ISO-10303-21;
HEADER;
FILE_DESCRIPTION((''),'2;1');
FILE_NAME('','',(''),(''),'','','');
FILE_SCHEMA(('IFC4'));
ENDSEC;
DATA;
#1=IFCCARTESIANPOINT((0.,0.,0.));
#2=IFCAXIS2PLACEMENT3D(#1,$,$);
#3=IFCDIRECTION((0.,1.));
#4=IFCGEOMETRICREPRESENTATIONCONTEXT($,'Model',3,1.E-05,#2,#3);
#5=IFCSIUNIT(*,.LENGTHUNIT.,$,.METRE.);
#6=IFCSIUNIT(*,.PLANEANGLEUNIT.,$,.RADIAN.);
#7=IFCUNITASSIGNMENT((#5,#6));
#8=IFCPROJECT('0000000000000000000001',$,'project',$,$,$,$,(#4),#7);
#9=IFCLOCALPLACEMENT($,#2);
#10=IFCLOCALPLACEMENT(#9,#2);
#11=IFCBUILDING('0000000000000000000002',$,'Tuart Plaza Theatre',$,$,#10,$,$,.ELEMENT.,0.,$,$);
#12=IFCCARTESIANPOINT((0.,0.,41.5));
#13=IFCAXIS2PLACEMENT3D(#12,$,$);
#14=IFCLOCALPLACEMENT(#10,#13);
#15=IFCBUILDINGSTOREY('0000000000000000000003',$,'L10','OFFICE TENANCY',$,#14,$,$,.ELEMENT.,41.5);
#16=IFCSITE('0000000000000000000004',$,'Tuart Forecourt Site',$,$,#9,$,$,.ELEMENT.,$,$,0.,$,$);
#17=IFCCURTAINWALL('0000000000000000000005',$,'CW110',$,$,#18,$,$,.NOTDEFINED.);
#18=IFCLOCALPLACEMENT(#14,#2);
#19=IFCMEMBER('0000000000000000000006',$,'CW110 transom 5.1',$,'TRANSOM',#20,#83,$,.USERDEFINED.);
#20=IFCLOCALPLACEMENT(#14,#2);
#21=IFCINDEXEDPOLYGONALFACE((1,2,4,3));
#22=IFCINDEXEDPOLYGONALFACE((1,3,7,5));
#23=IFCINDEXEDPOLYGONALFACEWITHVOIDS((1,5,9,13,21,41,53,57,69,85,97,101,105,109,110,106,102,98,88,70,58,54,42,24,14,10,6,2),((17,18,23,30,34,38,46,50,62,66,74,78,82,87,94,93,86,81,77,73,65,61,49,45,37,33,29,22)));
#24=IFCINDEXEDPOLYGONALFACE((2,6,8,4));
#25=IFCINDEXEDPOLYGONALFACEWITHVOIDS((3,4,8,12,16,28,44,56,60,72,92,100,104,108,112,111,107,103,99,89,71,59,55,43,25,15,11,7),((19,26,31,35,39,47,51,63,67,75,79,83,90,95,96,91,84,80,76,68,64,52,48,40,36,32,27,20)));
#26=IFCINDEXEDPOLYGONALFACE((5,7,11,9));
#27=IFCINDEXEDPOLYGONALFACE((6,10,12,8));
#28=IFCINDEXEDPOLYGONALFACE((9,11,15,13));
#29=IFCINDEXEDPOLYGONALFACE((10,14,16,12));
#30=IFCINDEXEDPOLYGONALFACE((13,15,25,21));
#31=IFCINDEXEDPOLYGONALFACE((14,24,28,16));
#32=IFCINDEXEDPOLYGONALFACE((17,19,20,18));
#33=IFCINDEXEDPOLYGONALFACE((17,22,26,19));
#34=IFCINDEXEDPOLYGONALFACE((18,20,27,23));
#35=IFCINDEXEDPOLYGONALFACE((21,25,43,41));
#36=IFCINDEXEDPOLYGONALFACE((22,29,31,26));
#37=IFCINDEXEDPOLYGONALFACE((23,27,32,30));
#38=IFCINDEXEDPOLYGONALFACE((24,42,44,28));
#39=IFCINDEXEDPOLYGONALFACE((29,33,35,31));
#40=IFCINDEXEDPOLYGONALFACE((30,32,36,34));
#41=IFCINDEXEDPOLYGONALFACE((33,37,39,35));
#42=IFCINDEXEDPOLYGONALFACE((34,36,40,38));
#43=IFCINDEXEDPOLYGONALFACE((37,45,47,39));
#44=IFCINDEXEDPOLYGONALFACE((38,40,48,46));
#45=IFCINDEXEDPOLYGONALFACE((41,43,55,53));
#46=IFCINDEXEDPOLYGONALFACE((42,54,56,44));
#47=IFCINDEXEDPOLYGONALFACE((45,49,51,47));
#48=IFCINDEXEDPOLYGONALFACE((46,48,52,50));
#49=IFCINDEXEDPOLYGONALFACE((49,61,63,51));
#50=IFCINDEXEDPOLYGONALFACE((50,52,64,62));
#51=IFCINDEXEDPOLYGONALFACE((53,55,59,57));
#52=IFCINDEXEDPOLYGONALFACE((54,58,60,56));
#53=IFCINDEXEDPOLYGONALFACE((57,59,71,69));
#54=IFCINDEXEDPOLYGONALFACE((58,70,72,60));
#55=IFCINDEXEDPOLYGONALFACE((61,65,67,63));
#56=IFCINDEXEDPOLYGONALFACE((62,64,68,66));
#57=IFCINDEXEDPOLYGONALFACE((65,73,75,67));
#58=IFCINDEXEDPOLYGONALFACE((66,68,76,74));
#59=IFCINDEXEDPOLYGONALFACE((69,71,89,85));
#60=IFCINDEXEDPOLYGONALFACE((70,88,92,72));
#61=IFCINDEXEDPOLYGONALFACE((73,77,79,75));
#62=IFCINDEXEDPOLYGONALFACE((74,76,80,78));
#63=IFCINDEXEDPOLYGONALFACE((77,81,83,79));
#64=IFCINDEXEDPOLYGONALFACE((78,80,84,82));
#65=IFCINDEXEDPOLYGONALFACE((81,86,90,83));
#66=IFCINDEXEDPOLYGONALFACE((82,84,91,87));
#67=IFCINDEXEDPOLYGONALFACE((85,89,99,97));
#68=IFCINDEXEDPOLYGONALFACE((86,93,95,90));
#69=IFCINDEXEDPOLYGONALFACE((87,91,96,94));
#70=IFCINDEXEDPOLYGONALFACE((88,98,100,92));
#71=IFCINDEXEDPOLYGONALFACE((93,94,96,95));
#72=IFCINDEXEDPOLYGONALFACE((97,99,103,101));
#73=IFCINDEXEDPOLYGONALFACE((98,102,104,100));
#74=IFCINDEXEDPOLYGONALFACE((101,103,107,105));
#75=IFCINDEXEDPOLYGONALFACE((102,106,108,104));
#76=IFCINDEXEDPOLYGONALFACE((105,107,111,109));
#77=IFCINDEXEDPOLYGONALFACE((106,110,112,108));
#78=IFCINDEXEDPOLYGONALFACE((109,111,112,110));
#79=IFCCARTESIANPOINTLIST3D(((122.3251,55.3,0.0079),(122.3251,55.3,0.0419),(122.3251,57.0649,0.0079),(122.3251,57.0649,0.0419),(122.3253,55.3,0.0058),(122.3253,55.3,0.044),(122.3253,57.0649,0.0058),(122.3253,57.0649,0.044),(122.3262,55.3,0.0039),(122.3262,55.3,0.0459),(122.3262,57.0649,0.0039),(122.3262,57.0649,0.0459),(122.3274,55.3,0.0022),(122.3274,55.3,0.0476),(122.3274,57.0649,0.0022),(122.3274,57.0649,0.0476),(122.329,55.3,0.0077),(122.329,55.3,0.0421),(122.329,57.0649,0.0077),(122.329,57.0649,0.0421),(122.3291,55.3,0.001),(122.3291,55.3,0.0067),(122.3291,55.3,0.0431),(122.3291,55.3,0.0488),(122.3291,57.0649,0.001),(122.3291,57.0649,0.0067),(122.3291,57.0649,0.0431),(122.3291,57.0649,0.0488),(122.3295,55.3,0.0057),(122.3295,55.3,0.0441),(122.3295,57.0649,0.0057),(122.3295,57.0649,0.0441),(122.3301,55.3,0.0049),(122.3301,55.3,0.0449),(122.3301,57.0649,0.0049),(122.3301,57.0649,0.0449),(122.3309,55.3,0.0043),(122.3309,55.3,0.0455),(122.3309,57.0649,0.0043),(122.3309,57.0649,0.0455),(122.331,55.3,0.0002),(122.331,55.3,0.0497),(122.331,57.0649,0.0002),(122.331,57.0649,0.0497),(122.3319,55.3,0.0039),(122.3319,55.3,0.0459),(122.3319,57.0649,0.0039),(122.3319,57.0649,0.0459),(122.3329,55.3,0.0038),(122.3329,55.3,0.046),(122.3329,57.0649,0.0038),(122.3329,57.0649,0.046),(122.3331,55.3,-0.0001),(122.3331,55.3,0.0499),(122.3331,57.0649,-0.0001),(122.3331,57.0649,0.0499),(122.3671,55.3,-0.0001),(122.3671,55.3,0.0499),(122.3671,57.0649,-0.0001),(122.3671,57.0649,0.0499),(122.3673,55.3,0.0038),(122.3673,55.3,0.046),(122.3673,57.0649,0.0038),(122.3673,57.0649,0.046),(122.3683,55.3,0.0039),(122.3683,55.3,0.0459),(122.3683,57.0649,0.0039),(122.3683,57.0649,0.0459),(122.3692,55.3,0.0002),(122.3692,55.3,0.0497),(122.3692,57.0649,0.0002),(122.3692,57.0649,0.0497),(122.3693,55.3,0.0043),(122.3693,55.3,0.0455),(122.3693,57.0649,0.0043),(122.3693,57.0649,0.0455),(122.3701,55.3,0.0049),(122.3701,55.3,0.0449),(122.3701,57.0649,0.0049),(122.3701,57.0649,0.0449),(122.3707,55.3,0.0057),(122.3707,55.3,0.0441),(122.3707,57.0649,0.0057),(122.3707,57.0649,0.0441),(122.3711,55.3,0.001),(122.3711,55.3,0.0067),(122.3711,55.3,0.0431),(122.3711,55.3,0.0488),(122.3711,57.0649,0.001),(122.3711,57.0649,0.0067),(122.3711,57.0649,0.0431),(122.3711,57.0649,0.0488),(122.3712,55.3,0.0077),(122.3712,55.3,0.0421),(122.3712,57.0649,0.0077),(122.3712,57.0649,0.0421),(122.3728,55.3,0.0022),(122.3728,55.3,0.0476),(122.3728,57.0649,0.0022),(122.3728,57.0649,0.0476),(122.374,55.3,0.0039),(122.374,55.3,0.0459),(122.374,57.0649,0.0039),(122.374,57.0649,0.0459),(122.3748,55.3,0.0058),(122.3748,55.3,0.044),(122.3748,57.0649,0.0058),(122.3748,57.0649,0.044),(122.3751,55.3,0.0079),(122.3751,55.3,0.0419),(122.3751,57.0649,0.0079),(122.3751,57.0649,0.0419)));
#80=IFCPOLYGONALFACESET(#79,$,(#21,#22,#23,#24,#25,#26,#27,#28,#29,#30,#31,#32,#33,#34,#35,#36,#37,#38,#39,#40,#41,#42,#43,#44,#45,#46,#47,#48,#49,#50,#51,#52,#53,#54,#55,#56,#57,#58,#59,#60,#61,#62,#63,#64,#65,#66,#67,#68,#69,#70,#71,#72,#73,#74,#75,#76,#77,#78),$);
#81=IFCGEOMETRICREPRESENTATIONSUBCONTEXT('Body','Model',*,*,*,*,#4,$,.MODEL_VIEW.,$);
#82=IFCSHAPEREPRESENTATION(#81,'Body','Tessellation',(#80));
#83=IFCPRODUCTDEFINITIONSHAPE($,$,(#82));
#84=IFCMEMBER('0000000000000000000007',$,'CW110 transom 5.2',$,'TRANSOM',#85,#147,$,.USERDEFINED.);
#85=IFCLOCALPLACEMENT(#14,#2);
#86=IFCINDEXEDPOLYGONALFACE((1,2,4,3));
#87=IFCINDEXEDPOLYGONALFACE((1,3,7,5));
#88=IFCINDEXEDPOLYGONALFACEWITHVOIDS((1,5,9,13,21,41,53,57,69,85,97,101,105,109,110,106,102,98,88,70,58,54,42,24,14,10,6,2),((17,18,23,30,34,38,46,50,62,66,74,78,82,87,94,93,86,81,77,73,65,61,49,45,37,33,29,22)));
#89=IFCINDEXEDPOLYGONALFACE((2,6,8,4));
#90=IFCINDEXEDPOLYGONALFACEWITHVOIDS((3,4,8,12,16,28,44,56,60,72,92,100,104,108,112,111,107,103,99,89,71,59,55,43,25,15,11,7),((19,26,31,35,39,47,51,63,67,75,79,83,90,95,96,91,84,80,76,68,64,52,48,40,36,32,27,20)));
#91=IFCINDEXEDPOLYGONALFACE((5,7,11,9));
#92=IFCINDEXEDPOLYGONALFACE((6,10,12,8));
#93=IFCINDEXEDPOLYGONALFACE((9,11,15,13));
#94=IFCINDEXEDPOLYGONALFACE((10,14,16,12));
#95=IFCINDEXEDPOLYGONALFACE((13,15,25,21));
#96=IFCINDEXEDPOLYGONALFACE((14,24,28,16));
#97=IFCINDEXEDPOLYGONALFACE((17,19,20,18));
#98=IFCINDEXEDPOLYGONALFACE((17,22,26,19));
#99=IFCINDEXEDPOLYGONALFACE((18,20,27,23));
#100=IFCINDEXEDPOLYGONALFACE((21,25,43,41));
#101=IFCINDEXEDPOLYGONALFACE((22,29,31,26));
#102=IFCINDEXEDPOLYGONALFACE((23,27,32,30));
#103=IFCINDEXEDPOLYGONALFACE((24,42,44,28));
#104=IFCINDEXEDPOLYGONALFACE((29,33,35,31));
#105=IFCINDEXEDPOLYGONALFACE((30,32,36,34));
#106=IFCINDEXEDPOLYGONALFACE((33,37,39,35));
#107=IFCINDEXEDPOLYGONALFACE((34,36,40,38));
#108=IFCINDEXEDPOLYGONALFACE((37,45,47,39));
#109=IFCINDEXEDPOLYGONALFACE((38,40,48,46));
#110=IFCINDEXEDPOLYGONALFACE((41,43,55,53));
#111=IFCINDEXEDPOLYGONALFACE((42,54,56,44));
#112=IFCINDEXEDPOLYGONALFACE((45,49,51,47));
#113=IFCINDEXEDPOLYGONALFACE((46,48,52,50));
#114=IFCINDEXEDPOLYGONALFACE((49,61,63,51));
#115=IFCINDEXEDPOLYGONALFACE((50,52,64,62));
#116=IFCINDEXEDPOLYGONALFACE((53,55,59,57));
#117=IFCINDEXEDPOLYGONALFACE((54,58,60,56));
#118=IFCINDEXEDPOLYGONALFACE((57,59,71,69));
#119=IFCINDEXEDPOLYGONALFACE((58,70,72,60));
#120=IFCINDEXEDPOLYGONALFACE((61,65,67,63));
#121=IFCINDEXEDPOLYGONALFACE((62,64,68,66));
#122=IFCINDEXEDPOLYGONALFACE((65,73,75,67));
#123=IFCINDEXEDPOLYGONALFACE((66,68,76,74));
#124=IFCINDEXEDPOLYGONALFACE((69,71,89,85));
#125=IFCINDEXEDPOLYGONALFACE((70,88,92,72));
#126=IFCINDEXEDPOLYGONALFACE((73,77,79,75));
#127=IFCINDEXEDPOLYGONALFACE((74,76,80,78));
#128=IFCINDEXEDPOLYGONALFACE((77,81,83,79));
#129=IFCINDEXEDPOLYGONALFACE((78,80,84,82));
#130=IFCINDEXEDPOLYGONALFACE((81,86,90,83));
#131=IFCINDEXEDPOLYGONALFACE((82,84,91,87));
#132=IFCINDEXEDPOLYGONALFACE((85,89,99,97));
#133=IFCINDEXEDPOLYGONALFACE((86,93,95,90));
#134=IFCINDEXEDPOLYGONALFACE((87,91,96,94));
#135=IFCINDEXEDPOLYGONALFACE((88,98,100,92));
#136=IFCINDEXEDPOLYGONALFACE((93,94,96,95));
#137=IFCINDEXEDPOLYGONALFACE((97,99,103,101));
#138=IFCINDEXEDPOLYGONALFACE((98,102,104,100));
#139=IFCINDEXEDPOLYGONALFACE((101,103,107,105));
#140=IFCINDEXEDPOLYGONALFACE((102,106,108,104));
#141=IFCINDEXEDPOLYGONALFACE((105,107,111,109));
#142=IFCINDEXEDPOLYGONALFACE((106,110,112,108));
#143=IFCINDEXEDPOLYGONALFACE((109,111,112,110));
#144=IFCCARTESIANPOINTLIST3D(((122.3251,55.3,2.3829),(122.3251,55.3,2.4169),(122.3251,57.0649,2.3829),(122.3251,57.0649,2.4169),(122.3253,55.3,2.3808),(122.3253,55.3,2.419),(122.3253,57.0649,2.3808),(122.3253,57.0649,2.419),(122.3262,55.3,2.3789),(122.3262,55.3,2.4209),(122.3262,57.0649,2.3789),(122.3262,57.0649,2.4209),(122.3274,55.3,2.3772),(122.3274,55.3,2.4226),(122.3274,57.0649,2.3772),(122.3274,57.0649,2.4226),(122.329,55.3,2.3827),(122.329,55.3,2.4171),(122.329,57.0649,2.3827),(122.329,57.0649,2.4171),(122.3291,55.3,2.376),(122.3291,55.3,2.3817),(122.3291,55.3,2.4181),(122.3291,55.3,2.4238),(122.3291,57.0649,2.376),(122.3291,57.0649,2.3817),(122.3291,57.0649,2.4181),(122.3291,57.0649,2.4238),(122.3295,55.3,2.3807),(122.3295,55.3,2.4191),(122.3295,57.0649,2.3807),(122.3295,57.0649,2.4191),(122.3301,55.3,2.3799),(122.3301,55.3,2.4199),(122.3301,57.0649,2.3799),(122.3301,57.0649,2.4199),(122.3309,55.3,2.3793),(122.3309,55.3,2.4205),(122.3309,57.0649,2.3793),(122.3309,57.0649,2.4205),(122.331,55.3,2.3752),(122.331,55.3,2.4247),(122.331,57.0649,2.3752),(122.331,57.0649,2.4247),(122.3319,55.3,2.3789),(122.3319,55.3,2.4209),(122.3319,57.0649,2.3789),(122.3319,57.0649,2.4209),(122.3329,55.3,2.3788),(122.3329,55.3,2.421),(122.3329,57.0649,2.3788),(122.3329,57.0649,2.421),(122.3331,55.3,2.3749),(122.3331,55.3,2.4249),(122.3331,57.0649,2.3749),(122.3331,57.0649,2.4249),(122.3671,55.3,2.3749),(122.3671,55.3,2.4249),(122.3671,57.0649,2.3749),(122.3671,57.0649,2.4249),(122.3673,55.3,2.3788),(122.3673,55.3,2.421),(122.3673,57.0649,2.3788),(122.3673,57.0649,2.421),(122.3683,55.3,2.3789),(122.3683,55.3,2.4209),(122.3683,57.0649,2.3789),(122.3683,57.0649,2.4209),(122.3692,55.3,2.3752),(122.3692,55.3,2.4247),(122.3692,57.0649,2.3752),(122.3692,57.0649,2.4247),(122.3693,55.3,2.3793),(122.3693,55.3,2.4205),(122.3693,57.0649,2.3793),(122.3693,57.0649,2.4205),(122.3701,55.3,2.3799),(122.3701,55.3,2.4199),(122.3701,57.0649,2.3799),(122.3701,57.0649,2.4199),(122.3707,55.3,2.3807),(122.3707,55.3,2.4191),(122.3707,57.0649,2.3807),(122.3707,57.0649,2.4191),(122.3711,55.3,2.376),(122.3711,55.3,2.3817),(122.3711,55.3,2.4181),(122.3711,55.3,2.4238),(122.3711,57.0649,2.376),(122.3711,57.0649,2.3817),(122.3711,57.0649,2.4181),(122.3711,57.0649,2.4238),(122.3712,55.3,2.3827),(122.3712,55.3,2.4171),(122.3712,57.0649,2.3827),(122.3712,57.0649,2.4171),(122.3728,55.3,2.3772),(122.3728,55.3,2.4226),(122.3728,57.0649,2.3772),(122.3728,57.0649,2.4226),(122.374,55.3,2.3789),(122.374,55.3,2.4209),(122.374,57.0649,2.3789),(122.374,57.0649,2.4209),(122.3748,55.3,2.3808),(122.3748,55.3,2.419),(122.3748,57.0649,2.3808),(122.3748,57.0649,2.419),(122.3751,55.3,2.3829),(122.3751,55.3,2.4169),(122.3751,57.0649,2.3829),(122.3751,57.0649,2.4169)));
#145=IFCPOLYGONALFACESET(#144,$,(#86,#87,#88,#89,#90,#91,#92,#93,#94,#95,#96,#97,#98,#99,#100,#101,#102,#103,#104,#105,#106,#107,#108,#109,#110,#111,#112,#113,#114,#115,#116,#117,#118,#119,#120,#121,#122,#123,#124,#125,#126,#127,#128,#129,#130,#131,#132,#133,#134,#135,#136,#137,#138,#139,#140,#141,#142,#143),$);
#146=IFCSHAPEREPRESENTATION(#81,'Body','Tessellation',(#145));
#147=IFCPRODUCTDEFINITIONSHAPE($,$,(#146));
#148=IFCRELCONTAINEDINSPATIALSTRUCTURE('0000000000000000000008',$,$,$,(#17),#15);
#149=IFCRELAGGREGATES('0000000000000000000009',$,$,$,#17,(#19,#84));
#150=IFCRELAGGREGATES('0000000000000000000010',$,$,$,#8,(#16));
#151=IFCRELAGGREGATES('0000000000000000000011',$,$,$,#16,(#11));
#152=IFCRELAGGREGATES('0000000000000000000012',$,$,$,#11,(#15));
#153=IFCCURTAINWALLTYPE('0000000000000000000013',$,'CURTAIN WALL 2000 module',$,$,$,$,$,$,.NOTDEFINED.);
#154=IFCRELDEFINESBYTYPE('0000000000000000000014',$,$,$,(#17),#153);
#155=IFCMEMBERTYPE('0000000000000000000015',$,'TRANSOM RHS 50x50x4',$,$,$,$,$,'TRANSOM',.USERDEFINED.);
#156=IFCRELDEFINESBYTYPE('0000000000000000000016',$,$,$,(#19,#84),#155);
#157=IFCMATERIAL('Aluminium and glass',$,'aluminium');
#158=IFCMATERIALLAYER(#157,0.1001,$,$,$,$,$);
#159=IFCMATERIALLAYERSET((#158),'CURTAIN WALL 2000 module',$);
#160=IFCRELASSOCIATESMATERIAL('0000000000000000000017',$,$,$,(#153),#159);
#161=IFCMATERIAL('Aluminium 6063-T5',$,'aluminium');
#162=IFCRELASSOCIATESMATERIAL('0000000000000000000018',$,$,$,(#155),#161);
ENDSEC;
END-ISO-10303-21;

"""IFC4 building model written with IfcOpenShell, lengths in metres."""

from ifc_helpers import new_model, si_unit, direction, frame, origin, origin_2d, place, context, subcontext, project, spatial, hollow_rectangle, extrude, material, layer, layer_set, material_profile, profile_set, type_object, element, aggregate, save


model = new_model("IFC4")

# Units and contexts
model_context = context("Model", 3, precision=1e-05, world=origin(), true_north=direction((0.0, 1.0)))
body_context = subcontext(model_context, "Body", "Model", "MODEL_VIEW")
ifc_project = project(units=[si_unit("LENGTHUNIT", "METRE"), si_unit("PLANEANGLEUNIT", "RADIAN")], contexts=[model_context])

# Site, building, storey
site_placement = place(None, origin())
site = spatial("IfcSite", under=ifc_project, at=site_placement, Name="Tuart Forecourt Site", CompositionType="ELEMENT", RefElevation=0.0)
building_placement = place(site_placement, origin())
building = spatial("IfcBuilding", under=site, at=building_placement, Name="Tuart Plaza Theatre", CompositionType="ELEMENT", ElevationOfRefHeight=0.0)
storey_placement = place(building_placement, frame((0.0, 0.0, 41.5)))
storey = spatial("IfcBuildingStorey", under=building, at=storey_placement, Name="L10", Description="OFFICE TENANCY", CompositionType="ELEMENT", Elevation=41.5)

# Curtain wall
ifc_material_1 = material(Name="Aluminium and glass", Category="aluminium")
ifc_layer_1 = layer(ifc_material_1, 0.1001)
ifc_layer_set_1 = layer_set([ifc_layer_1], Name="CURTAIN WALL 2000 module")
curtain_wall_type = type_object("IfcCurtainWallType", Name="CURTAIN WALL 2000 module", PredefinedType="NOTDEFINED", material=ifc_layer_set_1)
curtain_wall_1_placement = place(storey_placement, origin())
curtain_wall_1 = element("IfcCurtainWall", 1, at=curtain_wall_1_placement, inside=storey, type_object=curtain_wall_type, Name="CW110", PredefinedType="NOTDEFINED")

# Members
ifc_material_2 = material(Name="Aluminium 6063-T5", Category="aluminium")
ifc_material_profile_1 = material_profile(ifc_material_2, hollow_rectangle(XDim=0.05, YDim=0.05, WallThickness=0.0039, InnerFilletRadius=0.0039, OuterFilletRadius=0.0081, at=origin_2d()), Name="RHS 50x50x4")
ifc_profile_set_1 = profile_set([ifc_material_profile_1], Name="Aluminium 6063-T5")
member_type_1 = type_object("IfcMemberType", Name="TRANSOM RHS 50x50x4", ElementType="TRANSOM", PredefinedType="USERDEFINED", material=ifc_profile_set_1)
member_1_placement = place(storey_placement, frame((122.3501, 57.0649, 0.0249), z_axis=(0.0, -1.0, 0.0), x_axis=(1.0, 0.0, 0.0)))
member_1 = element("IfcMember", 2, at=member_1_placement, type_object=member_type_1, Name="CW110 transom 5.1", ObjectType="TRANSOM", PredefinedType="USERDEFINED", context=body_context, shape_type="SweptSolid", body=[
    extrude(hollow_rectangle(XDim=0.05, YDim=0.05, WallThickness=0.0039, InnerFilletRadius=0.0039, OuterFilletRadius=0.0081, at=origin_2d()), origin(), (0.0, 0.0, 1.0), 1.7649),
])
member_2_placement = place(storey_placement, frame((122.3501, 57.0649, 2.3999), z_axis=(0.0, -1.0, 0.0), x_axis=(1.0, 0.0, 0.0)))
member_2 = element("IfcMember", 3, at=member_2_placement, type_object=member_type_1, Name="CW110 transom 5.2", ObjectType="TRANSOM", PredefinedType="USERDEFINED", context=body_context, shape_type="SweptSolid", body=[
    extrude(hollow_rectangle(XDim=0.05, YDim=0.05, WallThickness=0.0039, InnerFilletRadius=0.0039, OuterFilletRadius=0.0081, at=origin_2d()), origin(), (0.0, 0.0, 1.0), 1.7649),
])

aggregate(curtain_wall_1, [member_1, member_2])

save(model, "model.ifc")
